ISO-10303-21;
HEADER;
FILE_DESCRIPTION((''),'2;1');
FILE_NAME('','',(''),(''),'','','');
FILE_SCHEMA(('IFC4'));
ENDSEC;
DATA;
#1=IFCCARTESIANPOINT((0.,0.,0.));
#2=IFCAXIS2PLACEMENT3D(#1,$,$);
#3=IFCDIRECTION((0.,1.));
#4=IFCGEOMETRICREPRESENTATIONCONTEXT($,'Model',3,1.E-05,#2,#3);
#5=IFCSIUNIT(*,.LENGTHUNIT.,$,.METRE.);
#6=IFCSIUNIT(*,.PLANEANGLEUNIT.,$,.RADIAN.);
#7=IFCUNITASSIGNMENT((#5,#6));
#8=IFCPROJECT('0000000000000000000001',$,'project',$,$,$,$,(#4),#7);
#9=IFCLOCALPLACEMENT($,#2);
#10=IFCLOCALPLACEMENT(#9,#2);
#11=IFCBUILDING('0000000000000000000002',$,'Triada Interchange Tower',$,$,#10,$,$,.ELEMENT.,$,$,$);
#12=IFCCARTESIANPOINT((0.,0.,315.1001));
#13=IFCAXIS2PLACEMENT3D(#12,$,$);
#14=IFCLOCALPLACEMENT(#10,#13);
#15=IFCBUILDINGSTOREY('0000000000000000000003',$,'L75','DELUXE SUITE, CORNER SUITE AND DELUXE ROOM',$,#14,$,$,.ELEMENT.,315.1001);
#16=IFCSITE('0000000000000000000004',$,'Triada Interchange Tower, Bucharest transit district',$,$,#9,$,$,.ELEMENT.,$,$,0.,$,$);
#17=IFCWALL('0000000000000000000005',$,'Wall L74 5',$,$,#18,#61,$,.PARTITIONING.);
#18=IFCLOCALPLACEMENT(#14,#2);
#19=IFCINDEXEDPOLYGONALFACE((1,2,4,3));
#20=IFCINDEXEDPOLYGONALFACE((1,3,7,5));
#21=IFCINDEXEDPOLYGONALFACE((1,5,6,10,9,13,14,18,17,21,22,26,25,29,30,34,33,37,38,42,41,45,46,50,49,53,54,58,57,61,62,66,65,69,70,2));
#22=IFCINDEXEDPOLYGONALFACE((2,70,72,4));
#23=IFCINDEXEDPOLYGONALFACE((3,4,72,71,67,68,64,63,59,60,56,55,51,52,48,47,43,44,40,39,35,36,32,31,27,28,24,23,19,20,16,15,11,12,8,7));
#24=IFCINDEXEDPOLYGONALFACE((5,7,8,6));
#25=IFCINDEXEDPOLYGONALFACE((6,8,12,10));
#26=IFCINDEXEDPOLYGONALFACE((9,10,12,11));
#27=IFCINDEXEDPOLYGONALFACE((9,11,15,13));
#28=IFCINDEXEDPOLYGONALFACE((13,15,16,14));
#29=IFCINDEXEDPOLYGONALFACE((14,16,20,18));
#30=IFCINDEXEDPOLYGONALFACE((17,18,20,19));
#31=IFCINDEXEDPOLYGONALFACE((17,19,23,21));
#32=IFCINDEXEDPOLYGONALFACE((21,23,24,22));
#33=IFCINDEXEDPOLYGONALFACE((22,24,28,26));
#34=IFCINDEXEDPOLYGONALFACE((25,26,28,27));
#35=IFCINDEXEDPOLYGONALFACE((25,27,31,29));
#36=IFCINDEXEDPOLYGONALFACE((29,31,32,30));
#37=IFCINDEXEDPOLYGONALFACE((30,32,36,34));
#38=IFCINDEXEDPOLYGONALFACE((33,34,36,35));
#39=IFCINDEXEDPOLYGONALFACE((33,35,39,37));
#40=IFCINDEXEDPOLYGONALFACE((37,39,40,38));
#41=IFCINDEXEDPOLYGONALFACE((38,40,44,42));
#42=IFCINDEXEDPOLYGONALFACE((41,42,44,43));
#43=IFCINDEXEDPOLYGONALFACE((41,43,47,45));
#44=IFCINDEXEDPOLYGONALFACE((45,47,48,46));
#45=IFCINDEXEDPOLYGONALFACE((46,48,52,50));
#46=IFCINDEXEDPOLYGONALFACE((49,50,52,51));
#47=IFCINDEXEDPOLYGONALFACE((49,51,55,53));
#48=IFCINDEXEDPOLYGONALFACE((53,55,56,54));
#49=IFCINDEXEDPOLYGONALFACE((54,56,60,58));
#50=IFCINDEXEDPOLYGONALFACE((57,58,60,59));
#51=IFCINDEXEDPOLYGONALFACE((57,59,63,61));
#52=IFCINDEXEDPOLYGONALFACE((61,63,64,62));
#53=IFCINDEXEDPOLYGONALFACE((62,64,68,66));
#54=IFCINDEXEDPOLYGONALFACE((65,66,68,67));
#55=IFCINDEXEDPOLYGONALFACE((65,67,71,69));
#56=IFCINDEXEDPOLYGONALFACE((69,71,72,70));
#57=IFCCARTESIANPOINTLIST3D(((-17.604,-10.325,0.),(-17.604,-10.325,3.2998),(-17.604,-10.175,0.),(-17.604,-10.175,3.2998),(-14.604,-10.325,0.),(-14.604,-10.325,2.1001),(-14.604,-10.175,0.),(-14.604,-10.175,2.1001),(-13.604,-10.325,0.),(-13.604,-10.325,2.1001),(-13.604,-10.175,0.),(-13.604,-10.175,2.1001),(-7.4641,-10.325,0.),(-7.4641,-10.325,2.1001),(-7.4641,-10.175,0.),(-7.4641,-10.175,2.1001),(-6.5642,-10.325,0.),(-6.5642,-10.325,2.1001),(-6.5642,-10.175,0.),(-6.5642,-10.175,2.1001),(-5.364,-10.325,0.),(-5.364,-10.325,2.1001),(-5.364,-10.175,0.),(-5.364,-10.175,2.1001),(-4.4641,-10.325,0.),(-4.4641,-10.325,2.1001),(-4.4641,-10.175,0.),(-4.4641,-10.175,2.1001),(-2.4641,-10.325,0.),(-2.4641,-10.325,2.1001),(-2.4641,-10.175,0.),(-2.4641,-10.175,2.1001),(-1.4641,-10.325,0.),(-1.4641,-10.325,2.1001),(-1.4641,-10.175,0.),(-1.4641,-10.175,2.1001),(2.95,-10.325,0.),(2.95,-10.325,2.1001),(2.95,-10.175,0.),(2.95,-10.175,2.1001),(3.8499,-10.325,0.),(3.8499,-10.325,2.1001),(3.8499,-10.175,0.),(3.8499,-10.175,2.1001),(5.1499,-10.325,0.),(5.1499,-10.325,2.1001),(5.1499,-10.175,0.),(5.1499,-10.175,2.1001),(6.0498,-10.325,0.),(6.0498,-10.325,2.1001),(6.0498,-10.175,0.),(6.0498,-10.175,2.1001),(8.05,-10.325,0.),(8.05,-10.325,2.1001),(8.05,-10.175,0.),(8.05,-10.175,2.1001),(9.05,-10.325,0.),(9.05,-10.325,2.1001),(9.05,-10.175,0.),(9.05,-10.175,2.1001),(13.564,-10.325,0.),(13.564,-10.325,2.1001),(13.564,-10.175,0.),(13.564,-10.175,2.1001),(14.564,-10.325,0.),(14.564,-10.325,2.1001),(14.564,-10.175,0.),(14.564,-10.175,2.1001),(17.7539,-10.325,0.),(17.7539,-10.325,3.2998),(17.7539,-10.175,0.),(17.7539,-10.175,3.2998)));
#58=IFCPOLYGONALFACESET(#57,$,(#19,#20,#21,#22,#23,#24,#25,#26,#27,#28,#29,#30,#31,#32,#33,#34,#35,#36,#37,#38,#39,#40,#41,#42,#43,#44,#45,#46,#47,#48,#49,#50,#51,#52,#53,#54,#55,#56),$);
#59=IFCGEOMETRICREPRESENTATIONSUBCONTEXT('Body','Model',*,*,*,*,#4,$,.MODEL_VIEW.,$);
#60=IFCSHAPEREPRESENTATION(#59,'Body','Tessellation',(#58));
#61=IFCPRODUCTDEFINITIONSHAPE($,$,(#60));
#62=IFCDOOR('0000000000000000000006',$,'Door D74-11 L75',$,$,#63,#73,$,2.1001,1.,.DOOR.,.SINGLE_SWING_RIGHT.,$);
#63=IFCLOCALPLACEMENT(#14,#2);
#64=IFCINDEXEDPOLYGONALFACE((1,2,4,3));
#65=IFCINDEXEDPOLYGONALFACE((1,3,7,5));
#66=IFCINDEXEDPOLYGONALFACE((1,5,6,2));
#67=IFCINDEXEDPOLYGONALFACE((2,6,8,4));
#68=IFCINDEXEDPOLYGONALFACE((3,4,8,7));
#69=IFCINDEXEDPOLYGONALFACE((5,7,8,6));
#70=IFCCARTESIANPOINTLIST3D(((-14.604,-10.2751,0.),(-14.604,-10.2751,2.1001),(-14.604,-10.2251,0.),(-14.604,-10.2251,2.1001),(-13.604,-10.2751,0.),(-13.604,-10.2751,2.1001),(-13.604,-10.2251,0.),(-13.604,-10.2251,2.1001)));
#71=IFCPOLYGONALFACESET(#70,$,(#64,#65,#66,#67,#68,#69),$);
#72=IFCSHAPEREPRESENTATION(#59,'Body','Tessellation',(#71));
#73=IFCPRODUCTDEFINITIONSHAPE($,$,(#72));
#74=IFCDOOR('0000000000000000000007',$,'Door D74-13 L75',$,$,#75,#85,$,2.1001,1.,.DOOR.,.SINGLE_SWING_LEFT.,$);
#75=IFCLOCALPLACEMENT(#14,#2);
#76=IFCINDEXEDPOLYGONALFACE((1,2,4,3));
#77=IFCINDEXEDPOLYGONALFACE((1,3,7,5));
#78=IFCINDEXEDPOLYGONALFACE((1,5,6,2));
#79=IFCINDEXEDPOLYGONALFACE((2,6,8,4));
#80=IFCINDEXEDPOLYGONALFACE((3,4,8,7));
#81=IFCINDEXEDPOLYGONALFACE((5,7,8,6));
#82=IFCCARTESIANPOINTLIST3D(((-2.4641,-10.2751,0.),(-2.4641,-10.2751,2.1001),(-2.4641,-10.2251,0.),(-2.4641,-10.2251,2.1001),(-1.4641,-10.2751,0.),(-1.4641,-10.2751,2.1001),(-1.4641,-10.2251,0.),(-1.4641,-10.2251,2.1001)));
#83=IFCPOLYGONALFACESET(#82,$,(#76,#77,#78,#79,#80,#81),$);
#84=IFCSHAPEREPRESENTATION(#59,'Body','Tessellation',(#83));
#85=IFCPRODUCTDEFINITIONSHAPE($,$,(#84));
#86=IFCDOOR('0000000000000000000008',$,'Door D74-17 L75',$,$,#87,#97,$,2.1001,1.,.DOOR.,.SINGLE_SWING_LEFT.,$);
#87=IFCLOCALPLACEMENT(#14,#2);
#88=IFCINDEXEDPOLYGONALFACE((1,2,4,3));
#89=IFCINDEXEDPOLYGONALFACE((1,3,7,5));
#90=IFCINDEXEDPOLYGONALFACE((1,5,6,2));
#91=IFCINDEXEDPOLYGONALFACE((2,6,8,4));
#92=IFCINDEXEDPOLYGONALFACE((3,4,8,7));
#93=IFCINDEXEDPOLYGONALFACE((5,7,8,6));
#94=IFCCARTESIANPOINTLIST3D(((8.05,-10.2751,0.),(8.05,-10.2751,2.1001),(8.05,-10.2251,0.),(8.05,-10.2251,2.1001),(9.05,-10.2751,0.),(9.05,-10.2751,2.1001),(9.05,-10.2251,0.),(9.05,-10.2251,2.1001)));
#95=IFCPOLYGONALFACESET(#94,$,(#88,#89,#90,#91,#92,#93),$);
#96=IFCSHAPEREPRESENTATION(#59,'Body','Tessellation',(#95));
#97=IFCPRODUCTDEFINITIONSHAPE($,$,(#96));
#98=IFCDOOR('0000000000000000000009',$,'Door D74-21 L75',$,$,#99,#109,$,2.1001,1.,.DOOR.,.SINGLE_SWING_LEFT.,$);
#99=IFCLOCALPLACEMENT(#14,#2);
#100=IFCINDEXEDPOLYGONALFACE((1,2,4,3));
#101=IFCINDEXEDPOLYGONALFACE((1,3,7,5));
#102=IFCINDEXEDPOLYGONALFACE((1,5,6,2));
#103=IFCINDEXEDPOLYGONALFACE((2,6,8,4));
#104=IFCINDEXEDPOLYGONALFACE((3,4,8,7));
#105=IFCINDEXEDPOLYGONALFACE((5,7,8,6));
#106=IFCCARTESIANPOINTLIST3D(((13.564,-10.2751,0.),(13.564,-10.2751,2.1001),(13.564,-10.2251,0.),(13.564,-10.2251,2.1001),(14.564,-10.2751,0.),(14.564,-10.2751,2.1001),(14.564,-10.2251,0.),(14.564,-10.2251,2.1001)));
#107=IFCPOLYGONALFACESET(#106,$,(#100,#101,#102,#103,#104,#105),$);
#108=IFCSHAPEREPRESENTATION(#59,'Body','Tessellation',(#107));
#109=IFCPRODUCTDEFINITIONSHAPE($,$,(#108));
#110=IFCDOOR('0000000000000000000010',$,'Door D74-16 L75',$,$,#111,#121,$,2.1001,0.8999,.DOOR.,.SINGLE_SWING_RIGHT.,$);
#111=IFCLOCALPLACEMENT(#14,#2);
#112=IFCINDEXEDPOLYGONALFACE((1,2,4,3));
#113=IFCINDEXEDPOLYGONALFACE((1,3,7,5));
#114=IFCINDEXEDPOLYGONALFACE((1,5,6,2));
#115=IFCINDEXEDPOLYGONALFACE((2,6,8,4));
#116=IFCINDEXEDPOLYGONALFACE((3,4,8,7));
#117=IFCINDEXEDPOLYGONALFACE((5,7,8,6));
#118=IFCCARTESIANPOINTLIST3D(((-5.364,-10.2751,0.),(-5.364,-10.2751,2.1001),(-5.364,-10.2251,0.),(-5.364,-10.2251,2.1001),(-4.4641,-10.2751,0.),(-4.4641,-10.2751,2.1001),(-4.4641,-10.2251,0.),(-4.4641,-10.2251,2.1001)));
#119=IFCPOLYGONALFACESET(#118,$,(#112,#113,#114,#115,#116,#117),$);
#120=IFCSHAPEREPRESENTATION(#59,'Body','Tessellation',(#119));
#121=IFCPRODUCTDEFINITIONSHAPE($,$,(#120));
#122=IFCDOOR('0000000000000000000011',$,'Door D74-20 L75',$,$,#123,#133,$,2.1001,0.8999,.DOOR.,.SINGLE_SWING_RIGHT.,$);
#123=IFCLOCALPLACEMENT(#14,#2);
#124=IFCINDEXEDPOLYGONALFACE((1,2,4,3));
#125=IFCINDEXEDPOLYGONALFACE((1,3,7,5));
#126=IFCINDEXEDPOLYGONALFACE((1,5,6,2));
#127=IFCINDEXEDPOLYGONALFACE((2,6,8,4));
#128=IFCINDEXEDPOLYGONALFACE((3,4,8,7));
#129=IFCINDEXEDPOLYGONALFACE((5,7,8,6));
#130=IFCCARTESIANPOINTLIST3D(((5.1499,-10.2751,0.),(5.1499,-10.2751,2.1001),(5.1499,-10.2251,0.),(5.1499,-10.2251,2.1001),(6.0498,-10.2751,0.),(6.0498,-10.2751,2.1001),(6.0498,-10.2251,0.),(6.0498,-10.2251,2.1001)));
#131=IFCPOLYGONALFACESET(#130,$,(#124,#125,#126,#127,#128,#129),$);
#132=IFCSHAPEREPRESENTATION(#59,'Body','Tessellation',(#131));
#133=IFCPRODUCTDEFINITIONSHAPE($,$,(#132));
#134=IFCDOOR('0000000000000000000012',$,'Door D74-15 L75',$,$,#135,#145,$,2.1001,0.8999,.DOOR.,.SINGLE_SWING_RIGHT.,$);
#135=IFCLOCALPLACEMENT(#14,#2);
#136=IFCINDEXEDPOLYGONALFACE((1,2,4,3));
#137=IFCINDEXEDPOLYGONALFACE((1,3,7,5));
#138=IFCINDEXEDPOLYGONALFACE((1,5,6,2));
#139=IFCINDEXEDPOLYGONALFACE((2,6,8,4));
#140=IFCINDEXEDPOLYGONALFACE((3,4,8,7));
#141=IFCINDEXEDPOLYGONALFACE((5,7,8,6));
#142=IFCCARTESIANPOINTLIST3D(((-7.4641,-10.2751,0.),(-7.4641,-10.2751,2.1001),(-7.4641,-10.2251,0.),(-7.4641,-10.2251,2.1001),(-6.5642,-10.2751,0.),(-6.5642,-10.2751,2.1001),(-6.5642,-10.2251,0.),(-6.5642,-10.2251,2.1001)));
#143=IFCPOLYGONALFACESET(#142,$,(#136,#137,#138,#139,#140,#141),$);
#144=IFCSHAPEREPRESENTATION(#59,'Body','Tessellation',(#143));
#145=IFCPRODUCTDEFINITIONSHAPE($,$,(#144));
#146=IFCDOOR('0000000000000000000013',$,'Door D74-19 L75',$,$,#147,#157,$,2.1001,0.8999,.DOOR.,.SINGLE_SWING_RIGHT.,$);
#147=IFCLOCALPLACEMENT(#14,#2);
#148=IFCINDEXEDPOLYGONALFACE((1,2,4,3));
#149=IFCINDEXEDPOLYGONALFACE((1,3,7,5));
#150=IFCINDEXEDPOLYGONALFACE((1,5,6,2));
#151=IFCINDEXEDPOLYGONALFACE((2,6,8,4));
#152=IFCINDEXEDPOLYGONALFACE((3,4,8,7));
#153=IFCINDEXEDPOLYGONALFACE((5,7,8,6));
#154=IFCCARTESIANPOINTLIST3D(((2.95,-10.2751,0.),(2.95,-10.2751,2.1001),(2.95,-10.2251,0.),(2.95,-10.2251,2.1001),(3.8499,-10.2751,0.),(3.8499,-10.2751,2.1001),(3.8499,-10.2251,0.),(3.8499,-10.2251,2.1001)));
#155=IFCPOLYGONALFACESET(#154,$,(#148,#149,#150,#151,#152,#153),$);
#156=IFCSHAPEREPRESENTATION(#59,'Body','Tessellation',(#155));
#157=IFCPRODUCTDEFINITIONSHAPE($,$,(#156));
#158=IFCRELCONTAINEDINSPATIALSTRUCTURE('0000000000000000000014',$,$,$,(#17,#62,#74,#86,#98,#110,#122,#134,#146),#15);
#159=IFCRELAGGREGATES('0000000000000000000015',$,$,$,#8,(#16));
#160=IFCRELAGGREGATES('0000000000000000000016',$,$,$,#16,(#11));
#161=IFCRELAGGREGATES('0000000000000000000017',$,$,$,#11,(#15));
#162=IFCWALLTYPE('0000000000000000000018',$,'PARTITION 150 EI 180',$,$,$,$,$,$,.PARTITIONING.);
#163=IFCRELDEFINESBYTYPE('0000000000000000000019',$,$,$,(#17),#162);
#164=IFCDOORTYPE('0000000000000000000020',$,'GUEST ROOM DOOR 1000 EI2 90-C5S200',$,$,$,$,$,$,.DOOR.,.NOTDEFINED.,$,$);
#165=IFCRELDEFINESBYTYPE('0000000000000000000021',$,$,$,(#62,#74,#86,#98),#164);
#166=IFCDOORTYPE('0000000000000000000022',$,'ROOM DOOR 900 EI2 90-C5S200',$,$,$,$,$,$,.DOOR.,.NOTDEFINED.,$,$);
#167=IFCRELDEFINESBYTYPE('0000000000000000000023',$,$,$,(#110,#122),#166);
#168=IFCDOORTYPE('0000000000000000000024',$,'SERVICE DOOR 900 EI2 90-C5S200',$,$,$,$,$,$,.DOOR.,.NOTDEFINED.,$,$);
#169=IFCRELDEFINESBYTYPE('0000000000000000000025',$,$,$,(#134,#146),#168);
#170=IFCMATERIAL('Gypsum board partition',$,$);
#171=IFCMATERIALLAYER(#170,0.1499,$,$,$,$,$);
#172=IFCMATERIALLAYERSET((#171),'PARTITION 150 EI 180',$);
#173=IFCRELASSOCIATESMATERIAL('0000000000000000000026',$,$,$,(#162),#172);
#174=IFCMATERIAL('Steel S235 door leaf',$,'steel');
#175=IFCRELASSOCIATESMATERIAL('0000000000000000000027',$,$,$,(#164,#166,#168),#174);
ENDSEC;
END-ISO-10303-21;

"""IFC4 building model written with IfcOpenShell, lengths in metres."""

from ifc_helpers import new_model, si_unit, direction, frame, frame_2d, origin, place, context, subcontext, project, spatial, rectangle, extrude, material, layer, layer_set, type_object, element, fill, save


model = new_model("IFC4")

# Units and contexts
model_context = context("Model", 3, precision=1e-05, world=origin(), true_north=direction((0.0, 1.0)))
body_context = subcontext(model_context, "Body", "Model", "MODEL_VIEW")
ifc_project = project(units=[si_unit("LENGTHUNIT", "METRE"), si_unit("PLANEANGLEUNIT", "RADIAN")], contexts=[model_context])

# Site, building, storey
site_placement = place(None, origin())
site = spatial("IfcSite", under=ifc_project, at=site_placement, Name="Triada Interchange Tower, Bucharest transit district", CompositionType="ELEMENT", RefElevation=0.0)
building_placement = place(site_placement, origin())
building = spatial("IfcBuilding", under=site, at=building_placement, Name="Triada Interchange Tower", CompositionType="ELEMENT")
storey_placement = place(building_placement, frame((0.0, 0.0, 315.1001)))
storey = spatial("IfcBuildingStorey", under=building, at=storey_placement, Name="L75", Description="DELUXE SUITE, CORNER SUITE AND DELUXE ROOM", CompositionType="ELEMENT", Elevation=315.1001)

# Shared definitions
ifc_material_1 = material(Name="Gypsum board partition")
ifc_layer_1 = layer(ifc_material_1, 0.1499)
ifc_layer_set_1 = layer_set([ifc_layer_1], Name="PARTITION 150 EI 180")
wall_type_1 = type_object("IfcWallType", Name="PARTITION 150 EI 180", PredefinedType="PARTITIONING", material=ifc_layer_set_1)

# Wall, openings, doors
wall_1_placement = place(storey_placement, frame((-17.604, -10.25, 0.0), z_axis=(0.0, 0.0, 1.0), x_axis=(1.0, 0.0, 0.0)))
wall_1 = element("IfcWall", 1, at=wall_1_placement, inside=storey, type_object=wall_type_1, Name="Wall L74 5", PredefinedType="PARTITIONING", context=body_context, shape_type="SweptSolid", body=[
    extrude(rectangle(XDim=35.3579, YDim=0.1499, at=frame_2d((17.679, 0.0))), origin(), (0.0, 0.0, 1.0), 3.2998),
])
opening_1_placement = place(wall_1_placement, frame((3.0, 0.0, 0.0)))
opening_1 = element("IfcOpeningElement", 2, at=opening_1_placement, cuts=wall_1, PredefinedType="OPENING", context=body_context, shape_type="SweptSolid", body=[
    extrude(rectangle(XDim=1.0, YDim=2.1001, at=frame_2d((0.5, 1.05))), frame((0.0, 0.085, 0.0), z_axis=(0.0, -1.0, 0.0), x_axis=(1.0, 0.0, 0.0)), (0.0, 0.0, 1.0), 0.1699),
])
opening_2_placement = place(wall_1_placement, frame((15.1399, 0.0, 0.0)))
opening_2 = element("IfcOpeningElement", 3, at=opening_2_placement, cuts=wall_1, PredefinedType="OPENING", context=body_context, shape_type="SweptSolid", body=[
    extrude(rectangle(XDim=1.0, YDim=2.1001, at=frame_2d((0.5, 1.05))), frame((0.0, 0.085, 0.0), z_axis=(0.0, -1.0, 0.0), x_axis=(1.0, 0.0, 0.0)), (0.0, 0.0, 1.0), 0.1699),
])
opening_3_placement = place(wall_1_placement, frame((10.1399, 0.0, 0.0)))
opening_3 = element("IfcOpeningElement", 4, at=opening_3_placement, cuts=wall_1, PredefinedType="OPENING", context=body_context, shape_type="SweptSolid", body=[
    extrude(rectangle(XDim=0.8999, YDim=2.1001, at=frame_2d((0.45, 1.05))), frame((0.0, 0.085, 0.0), z_axis=(0.0, -1.0, 0.0), x_axis=(1.0, 0.0, 0.0)), (0.0, 0.0, 1.0), 0.1699),
])
opening_4_placement = place(wall_1_placement, frame((12.24, 0.0, 0.0)))
opening_4 = element("IfcOpeningElement", 5, at=opening_4_placement, cuts=wall_1, PredefinedType="OPENING", context=body_context, shape_type="SweptSolid", body=[
    extrude(rectangle(XDim=0.8999, YDim=2.1001, at=frame_2d((0.45, 1.05))), frame((0.0, 0.085, 0.0), z_axis=(0.0, -1.0, 0.0), x_axis=(1.0, 0.0, 0.0)), (0.0, 0.0, 1.0), 0.1699),
])
opening_5_placement = place(wall_1_placement, frame((25.6541, 0.0, 0.0)))
opening_5 = element("IfcOpeningElement", 6, at=opening_5_placement, cuts=wall_1, PredefinedType="OPENING", context=body_context, shape_type="SweptSolid", body=[
    extrude(rectangle(XDim=1.0, YDim=2.1001, at=frame_2d((0.5, 1.05))), frame((0.0, 0.085, 0.0), z_axis=(0.0, -1.0, 0.0), x_axis=(1.0, 0.0, 0.0)), (0.0, 0.0, 1.0), 0.1699),
])
opening_6_placement = place(wall_1_placement, frame((20.554, 0.0, 0.0)))
opening_6 = element("IfcOpeningElement", 7, at=opening_6_placement, cuts=wall_1, PredefinedType="OPENING", context=body_context, shape_type="SweptSolid", body=[
    extrude(rectangle(XDim=0.8999, YDim=2.1001, at=frame_2d((0.45, 1.05))), frame((0.0, 0.085, 0.0), z_axis=(0.0, -1.0, 0.0), x_axis=(1.0, 0.0, 0.0)), (0.0, 0.0, 1.0), 0.1699),
])
opening_7_placement = place(wall_1_placement, frame((22.7539, 0.0, 0.0)))
opening_7 = element("IfcOpeningElement", 8, at=opening_7_placement, cuts=wall_1, PredefinedType="OPENING", context=body_context, shape_type="SweptSolid", body=[
    extrude(rectangle(XDim=0.8999, YDim=2.1001, at=frame_2d((0.45, 1.05))), frame((0.0, 0.085, 0.0), z_axis=(0.0, -1.0, 0.0), x_axis=(1.0, 0.0, 0.0)), (0.0, 0.0, 1.0), 0.1699),
])
opening_8_placement = place(wall_1_placement, frame((31.168, 0.0, 0.0)))
opening_8 = element("IfcOpeningElement", 9, at=opening_8_placement, cuts=wall_1, PredefinedType="OPENING", context=body_context, shape_type="SweptSolid", body=[
    extrude(rectangle(XDim=1.0, YDim=2.1001, at=frame_2d((0.5, 1.05))), frame((0.0, 0.085, 0.0), z_axis=(0.0, -1.0, 0.0), x_axis=(1.0, 0.0, 0.0)), (0.0, 0.0, 1.0), 0.1699),
])
ifc_material_2 = material(Name="Steel S235 door leaf", Category="steel")
door_type_1 = type_object("IfcDoorType", Name="GUEST ROOM DOOR 1000 EI2 90-C5S200", OperationType="NOTDEFINED", PredefinedType="DOOR", material=ifc_material_2)
door_1_placement = place(opening_1_placement, origin())
door_1 = element("IfcDoor", 10, at=door_1_placement, inside=storey, type_object=door_type_1, Name="Door D74-11 L75", OperationType="SINGLE_SWING_RIGHT", OverallHeight=2.1001, OverallWidth=1.0, PredefinedType="DOOR", context=body_context, shape_type="SweptSolid", body=[
    extrude(rectangle(XDim=1.0, YDim=2.1001, at=frame_2d((0.5, 1.05))), frame((0.0, 0.0249, 0.0), z_axis=(0.0, -1.0, 0.0), x_axis=(1.0, 0.0, 0.0)), (0.0, 0.0, 1.0), 0.05),
])
fill(opening_1, door_1)
door_2_placement = place(opening_2_placement, origin())
door_2 = element("IfcDoor", 11, at=door_2_placement, inside=storey, type_object=door_type_1, Name="Door D74-13 L75", OperationType="SINGLE_SWING_LEFT", OverallHeight=2.1001, OverallWidth=1.0, PredefinedType="DOOR", context=body_context, shape_type="SweptSolid", body=[
    extrude(rectangle(XDim=1.0, YDim=2.1001, at=frame_2d((0.5, 1.05))), frame((0.0, 0.0249, 0.0), z_axis=(0.0, -1.0, 0.0), x_axis=(1.0, 0.0, 0.0)), (0.0, 0.0, 1.0), 0.05),
])
fill(opening_2, door_2)
door_3_placement = place(opening_5_placement, origin())
door_3 = element("IfcDoor", 12, at=door_3_placement, inside=storey, type_object=door_type_1, Name="Door D74-17 L75", OperationType="SINGLE_SWING_LEFT", OverallHeight=2.1001, OverallWidth=1.0, PredefinedType="DOOR", context=body_context, shape_type="SweptSolid", body=[
    extrude(rectangle(XDim=1.0, YDim=2.1001, at=frame_2d((0.5, 1.05))), frame((0.0, 0.0249, 0.0), z_axis=(0.0, -1.0, 0.0), x_axis=(1.0, 0.0, 0.0)), (0.0, 0.0, 1.0), 0.05),
])
fill(opening_5, door_3)
door_4_placement = place(opening_8_placement, origin())
door_4 = element("IfcDoor", 13, at=door_4_placement, inside=storey, type_object=door_type_1, Name="Door D74-21 L75", OperationType="SINGLE_SWING_LEFT", OverallHeight=2.1001, OverallWidth=1.0, PredefinedType="DOOR", context=body_context, shape_type="SweptSolid", body=[
    extrude(rectangle(XDim=1.0, YDim=2.1001, at=frame_2d((0.5, 1.05))), frame((0.0, 0.0249, 0.0), z_axis=(0.0, -1.0, 0.0), x_axis=(1.0, 0.0, 0.0)), (0.0, 0.0, 1.0), 0.05),
])
fill(opening_8, door_4)
door_type_2 = type_object("IfcDoorType", Name="ROOM DOOR 900 EI2 90-C5S200", OperationType="NOTDEFINED", PredefinedType="DOOR", material=ifc_material_2)
door_5_placement = place(opening_4_placement, origin())
door_5 = element("IfcDoor", 14, at=door_5_placement, inside=storey, type_object=door_type_2, Name="Door D74-16 L75", OperationType="SINGLE_SWING_RIGHT", OverallHeight=2.1001, OverallWidth=0.8999, PredefinedType="DOOR", context=body_context, shape_type="SweptSolid", body=[
    extrude(rectangle(XDim=0.8999, YDim=2.1001, at=frame_2d((0.45, 1.05))), frame((0.0, 0.0249, 0.0), z_axis=(0.0, -1.0, 0.0), x_axis=(1.0, 0.0, 0.0)), (0.0, 0.0, 1.0), 0.05),
])
fill(opening_4, door_5)
door_6_placement = place(opening_7_placement, origin())
door_6 = element("IfcDoor", 15, at=door_6_placement, inside=storey, type_object=door_type_2, Name="Door D74-20 L75", OperationType="SINGLE_SWING_RIGHT", OverallHeight=2.1001, OverallWidth=0.8999, PredefinedType="DOOR", context=body_context, shape_type="SweptSolid", body=[
    extrude(rectangle(XDim=0.8999, YDim=2.1001, at=frame_2d((0.45, 1.05))), frame((0.0, 0.0249, 0.0), z_axis=(0.0, -1.0, 0.0), x_axis=(1.0, 0.0, 0.0)), (0.0, 0.0, 1.0), 0.05),
])
fill(opening_7, door_6)
door_type_3 = type_object("IfcDoorType", Name="SERVICE DOOR 900 EI2 90-C5S200", OperationType="NOTDEFINED", PredefinedType="DOOR", material=ifc_material_2)
door_7_placement = place(opening_3_placement, origin())
door_7 = element("IfcDoor", 16, at=door_7_placement, inside=storey, type_object=door_type_3, Name="Door D74-15 L75", OperationType="SINGLE_SWING_RIGHT", OverallHeight=2.1001, OverallWidth=0.8999, PredefinedType="DOOR", context=body_context, shape_type="SweptSolid", body=[
    extrude(rectangle(XDim=0.8999, YDim=2.1001, at=frame_2d((0.45, 1.05))), frame((0.0, 0.0249, 0.0), z_axis=(0.0, -1.0, 0.0), x_axis=(1.0, 0.0, 0.0)), (0.0, 0.0, 1.0), 0.05),
])
fill(opening_3, door_7)
door_8_placement = place(opening_6_placement, origin())
door_8 = element("IfcDoor", 17, at=door_8_placement, inside=storey, type_object=door_type_3, Name="Door D74-19 L75", OperationType="SINGLE_SWING_RIGHT", OverallHeight=2.1001, OverallWidth=0.8999, PredefinedType="DOOR", context=body_context, shape_type="SweptSolid", body=[
    extrude(rectangle(XDim=0.8999, YDim=2.1001, at=frame_2d((0.45, 1.05))), frame((0.0, 0.0249, 0.0), z_axis=(0.0, -1.0, 0.0), x_axis=(1.0, 0.0, 0.0)), (0.0, 0.0, 1.0), 0.05),
])
fill(opening_6, door_8)

save(model, "model.ifc")
